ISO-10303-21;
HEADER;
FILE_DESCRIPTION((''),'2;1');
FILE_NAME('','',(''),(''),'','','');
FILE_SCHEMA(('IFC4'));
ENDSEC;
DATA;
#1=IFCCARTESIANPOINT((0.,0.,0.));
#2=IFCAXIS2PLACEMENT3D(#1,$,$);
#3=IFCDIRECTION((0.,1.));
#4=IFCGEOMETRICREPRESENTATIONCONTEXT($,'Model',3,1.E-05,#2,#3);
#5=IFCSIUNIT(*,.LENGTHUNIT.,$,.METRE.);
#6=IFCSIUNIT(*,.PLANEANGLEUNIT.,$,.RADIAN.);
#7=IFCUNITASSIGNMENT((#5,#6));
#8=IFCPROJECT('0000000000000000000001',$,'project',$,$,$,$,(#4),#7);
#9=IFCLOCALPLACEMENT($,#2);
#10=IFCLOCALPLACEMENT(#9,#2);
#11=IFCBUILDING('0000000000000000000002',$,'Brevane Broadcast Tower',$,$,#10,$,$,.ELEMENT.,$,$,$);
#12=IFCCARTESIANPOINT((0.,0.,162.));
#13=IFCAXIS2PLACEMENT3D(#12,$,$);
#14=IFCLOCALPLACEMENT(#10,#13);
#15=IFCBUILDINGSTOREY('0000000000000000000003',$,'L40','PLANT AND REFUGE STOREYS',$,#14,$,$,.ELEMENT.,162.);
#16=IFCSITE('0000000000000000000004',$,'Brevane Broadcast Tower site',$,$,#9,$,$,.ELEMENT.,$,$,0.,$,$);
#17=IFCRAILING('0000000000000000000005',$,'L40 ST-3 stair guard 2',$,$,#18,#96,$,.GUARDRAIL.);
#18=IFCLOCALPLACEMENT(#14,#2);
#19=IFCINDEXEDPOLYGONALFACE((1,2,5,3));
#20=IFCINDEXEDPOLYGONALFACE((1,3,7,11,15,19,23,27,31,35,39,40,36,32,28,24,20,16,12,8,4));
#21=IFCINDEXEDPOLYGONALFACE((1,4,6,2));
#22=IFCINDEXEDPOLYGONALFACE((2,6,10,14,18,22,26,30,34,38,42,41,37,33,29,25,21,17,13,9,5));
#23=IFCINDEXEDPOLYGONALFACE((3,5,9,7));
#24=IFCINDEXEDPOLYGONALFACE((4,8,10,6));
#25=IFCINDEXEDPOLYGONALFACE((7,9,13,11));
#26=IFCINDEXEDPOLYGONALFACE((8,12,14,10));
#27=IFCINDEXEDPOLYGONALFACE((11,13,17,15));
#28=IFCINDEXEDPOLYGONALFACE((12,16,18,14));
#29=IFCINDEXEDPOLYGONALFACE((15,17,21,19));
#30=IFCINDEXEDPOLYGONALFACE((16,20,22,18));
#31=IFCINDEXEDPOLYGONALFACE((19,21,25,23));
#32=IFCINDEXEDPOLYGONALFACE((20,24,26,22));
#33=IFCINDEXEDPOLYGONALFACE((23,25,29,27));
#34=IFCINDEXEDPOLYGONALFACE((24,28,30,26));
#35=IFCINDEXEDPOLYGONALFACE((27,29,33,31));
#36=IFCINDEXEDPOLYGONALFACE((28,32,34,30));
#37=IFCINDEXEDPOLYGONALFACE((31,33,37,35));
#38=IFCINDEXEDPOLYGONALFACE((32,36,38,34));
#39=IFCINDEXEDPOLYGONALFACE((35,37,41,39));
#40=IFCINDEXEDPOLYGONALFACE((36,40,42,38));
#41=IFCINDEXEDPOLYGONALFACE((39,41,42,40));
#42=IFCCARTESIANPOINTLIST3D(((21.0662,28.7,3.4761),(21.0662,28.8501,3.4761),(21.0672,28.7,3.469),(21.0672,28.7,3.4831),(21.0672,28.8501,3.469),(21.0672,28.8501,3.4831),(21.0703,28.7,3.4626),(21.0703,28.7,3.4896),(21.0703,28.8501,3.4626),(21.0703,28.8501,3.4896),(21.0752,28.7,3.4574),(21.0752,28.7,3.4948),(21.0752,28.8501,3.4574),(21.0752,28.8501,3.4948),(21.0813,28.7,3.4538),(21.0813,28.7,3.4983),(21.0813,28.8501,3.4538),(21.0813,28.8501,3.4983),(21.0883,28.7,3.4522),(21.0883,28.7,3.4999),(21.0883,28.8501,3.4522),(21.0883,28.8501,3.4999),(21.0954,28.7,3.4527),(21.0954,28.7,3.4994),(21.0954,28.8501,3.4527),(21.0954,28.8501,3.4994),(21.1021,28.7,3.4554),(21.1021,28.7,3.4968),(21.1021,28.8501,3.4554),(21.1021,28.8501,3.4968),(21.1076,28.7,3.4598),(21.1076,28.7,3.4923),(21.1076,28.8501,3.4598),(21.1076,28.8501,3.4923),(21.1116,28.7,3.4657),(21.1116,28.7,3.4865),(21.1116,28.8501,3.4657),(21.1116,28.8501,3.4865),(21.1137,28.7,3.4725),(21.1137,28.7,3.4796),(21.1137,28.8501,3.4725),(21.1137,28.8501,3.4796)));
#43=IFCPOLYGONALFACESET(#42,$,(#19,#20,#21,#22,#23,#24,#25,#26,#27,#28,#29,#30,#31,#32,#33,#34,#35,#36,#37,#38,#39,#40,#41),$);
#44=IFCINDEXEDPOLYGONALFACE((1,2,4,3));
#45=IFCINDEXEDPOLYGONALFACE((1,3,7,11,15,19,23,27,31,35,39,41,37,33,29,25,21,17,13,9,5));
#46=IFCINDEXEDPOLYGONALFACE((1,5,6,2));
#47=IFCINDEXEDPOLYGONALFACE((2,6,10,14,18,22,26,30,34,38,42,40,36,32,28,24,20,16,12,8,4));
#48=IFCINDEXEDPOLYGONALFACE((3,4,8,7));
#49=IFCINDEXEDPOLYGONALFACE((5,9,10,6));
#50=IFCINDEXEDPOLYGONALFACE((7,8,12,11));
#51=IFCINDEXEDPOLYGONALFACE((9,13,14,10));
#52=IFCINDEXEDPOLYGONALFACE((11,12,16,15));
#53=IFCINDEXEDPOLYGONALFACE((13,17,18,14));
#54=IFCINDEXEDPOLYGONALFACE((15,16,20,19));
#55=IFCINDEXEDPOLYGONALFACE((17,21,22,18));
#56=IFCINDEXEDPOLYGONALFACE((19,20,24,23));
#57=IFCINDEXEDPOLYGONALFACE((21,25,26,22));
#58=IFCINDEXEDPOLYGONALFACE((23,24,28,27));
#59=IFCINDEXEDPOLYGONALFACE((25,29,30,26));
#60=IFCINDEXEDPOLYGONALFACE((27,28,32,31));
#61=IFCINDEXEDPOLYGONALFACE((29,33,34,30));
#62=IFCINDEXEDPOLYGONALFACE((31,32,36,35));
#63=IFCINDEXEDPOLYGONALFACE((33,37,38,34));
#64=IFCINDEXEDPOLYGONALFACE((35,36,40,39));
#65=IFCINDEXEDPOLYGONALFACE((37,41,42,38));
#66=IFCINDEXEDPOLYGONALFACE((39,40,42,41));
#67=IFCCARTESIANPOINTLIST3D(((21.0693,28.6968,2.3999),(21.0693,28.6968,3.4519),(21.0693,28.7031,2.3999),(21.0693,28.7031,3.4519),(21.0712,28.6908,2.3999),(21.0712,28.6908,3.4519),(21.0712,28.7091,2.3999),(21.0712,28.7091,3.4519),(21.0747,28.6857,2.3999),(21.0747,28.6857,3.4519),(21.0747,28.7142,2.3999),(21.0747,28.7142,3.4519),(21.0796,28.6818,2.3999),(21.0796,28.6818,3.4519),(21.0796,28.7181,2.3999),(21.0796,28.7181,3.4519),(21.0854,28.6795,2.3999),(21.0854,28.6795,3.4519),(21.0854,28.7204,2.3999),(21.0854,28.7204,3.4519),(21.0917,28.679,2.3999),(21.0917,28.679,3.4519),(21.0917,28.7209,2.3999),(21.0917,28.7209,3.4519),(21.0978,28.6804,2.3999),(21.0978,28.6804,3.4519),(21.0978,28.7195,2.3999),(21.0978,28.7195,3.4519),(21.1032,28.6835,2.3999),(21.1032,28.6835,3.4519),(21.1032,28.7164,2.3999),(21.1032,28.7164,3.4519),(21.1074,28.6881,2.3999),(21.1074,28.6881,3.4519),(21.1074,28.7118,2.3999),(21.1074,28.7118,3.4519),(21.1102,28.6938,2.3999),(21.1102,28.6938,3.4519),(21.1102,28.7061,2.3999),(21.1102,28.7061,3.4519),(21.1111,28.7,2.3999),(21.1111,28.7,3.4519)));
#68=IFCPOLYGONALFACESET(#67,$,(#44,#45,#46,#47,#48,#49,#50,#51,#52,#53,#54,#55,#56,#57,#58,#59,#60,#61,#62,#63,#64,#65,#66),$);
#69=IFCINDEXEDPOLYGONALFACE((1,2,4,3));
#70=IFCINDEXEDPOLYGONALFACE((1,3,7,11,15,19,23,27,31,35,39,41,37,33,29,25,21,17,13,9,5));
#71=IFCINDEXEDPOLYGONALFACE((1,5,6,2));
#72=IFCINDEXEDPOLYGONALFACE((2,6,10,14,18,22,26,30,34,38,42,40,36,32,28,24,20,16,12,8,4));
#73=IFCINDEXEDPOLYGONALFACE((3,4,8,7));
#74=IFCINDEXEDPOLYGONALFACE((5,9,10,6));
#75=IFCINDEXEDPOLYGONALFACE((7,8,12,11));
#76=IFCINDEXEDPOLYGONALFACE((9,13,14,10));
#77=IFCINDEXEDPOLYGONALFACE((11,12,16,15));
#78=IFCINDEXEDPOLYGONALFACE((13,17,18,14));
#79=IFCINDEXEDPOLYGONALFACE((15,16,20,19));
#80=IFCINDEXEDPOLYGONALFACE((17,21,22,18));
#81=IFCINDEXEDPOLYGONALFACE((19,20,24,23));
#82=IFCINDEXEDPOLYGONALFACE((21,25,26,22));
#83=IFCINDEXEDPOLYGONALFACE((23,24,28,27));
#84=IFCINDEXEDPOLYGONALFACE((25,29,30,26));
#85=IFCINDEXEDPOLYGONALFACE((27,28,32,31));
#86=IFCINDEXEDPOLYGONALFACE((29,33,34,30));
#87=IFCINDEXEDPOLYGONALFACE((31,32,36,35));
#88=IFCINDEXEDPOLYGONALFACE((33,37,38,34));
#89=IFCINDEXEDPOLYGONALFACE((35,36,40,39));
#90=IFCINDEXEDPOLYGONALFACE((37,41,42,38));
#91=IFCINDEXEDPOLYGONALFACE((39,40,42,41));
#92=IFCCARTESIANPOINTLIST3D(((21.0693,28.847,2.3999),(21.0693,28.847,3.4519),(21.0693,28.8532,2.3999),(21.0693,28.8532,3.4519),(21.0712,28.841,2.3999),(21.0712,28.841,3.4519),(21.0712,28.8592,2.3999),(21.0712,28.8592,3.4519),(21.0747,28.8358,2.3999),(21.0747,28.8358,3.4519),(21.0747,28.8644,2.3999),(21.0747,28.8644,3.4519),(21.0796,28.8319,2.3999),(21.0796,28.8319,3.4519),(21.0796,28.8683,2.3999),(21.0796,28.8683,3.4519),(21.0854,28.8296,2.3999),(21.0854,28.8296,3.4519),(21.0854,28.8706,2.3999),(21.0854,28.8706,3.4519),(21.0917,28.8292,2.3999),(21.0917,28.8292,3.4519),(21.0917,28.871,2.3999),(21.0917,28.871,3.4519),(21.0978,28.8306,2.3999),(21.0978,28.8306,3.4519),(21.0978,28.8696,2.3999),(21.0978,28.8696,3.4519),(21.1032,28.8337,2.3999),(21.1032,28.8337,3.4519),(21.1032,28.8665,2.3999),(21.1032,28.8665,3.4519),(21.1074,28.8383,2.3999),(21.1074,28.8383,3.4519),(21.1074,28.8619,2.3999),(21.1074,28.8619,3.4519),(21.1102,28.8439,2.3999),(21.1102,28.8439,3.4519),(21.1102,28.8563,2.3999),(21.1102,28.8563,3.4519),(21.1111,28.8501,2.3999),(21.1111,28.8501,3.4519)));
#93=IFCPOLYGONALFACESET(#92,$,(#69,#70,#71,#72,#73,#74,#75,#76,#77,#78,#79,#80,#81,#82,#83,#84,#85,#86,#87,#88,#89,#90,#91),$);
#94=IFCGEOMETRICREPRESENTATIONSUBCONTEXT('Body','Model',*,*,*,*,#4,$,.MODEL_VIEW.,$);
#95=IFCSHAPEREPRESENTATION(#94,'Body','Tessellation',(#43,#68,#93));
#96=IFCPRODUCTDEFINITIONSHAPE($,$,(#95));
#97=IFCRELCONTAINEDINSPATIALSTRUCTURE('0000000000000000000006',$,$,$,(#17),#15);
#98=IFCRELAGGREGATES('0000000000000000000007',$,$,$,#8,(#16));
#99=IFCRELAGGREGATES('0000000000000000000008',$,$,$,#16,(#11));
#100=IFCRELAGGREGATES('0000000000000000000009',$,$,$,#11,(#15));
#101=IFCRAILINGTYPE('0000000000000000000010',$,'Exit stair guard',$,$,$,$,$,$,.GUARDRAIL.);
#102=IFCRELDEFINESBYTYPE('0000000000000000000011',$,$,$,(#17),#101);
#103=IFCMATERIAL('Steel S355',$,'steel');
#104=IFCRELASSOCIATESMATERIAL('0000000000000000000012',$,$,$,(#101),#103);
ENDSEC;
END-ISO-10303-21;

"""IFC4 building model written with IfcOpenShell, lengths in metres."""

from ifc_helpers import new_model, si_unit, direction, frame, origin, origin_2d, place, context, subcontext, project, spatial, circle, extrude, material, type_object, element, save


model = new_model("IFC4")

# Units and contexts
model_context = context("Model", 3, precision=1e-05, world=origin(), true_north=direction((0.0, 1.0)))
body_context = subcontext(model_context, "Body", "Model", "MODEL_VIEW")
ifc_project = project(units=[si_unit("LENGTHUNIT", "METRE"), si_unit("PLANEANGLEUNIT", "RADIAN")], contexts=[model_context])

# Site, building, storey
site_placement = place(None, origin())
site = spatial("IfcSite", under=ifc_project, at=site_placement, Name="Brevane Broadcast Tower site", CompositionType="ELEMENT", RefElevation=0.0)
building_placement = place(site_placement, origin())
building = spatial("IfcBuilding", under=site, at=building_placement, Name="Brevane Broadcast Tower", CompositionType="ELEMENT")
storey_placement = place(building_placement, frame((0.0, 0.0, 162.0)))
storey = spatial("IfcBuildingStorey", under=building, at=storey_placement, Name="L40", Description="PLANT AND REFUGE STOREYS", CompositionType="ELEMENT", Elevation=162.0)

# Railing
ifc_material_1 = material(Name="Steel S355", Category="steel")
railing_type_1 = type_object("IfcRailingType", Name="Exit stair guard", PredefinedType="GUARDRAIL", material=ifc_material_1)
railing_1_placement = place(storey_placement, frame((21.0901, 28.7, 2.3999)))
element("IfcRailing", 1, at=railing_1_placement, inside=storey, type_object=railing_type_1, Name="L40 ST-3 stair guard 2", PredefinedType="GUARDRAIL", context=body_context, shape_type="SweptSolid", body=[
    extrude(circle(Radius=0.0239, at=origin_2d()), frame((0.0, 0.0, 1.0762), z_axis=(0.0, 1.0, 0.0), x_axis=(-1.0, 0.0, 0.0)), (0.0, 0.0, 1.0), 0.1501),
    extrude(circle(Radius=0.021, at=origin_2d()), origin(), (0.0, 0.0, 1.0), 1.052),
    extrude(circle(Radius=0.021, at=origin_2d()), frame((0.0, 0.1501, 0.0)), (0.0, 0.0, 1.0), 1.052),
])

save(model, "model.ifc")
